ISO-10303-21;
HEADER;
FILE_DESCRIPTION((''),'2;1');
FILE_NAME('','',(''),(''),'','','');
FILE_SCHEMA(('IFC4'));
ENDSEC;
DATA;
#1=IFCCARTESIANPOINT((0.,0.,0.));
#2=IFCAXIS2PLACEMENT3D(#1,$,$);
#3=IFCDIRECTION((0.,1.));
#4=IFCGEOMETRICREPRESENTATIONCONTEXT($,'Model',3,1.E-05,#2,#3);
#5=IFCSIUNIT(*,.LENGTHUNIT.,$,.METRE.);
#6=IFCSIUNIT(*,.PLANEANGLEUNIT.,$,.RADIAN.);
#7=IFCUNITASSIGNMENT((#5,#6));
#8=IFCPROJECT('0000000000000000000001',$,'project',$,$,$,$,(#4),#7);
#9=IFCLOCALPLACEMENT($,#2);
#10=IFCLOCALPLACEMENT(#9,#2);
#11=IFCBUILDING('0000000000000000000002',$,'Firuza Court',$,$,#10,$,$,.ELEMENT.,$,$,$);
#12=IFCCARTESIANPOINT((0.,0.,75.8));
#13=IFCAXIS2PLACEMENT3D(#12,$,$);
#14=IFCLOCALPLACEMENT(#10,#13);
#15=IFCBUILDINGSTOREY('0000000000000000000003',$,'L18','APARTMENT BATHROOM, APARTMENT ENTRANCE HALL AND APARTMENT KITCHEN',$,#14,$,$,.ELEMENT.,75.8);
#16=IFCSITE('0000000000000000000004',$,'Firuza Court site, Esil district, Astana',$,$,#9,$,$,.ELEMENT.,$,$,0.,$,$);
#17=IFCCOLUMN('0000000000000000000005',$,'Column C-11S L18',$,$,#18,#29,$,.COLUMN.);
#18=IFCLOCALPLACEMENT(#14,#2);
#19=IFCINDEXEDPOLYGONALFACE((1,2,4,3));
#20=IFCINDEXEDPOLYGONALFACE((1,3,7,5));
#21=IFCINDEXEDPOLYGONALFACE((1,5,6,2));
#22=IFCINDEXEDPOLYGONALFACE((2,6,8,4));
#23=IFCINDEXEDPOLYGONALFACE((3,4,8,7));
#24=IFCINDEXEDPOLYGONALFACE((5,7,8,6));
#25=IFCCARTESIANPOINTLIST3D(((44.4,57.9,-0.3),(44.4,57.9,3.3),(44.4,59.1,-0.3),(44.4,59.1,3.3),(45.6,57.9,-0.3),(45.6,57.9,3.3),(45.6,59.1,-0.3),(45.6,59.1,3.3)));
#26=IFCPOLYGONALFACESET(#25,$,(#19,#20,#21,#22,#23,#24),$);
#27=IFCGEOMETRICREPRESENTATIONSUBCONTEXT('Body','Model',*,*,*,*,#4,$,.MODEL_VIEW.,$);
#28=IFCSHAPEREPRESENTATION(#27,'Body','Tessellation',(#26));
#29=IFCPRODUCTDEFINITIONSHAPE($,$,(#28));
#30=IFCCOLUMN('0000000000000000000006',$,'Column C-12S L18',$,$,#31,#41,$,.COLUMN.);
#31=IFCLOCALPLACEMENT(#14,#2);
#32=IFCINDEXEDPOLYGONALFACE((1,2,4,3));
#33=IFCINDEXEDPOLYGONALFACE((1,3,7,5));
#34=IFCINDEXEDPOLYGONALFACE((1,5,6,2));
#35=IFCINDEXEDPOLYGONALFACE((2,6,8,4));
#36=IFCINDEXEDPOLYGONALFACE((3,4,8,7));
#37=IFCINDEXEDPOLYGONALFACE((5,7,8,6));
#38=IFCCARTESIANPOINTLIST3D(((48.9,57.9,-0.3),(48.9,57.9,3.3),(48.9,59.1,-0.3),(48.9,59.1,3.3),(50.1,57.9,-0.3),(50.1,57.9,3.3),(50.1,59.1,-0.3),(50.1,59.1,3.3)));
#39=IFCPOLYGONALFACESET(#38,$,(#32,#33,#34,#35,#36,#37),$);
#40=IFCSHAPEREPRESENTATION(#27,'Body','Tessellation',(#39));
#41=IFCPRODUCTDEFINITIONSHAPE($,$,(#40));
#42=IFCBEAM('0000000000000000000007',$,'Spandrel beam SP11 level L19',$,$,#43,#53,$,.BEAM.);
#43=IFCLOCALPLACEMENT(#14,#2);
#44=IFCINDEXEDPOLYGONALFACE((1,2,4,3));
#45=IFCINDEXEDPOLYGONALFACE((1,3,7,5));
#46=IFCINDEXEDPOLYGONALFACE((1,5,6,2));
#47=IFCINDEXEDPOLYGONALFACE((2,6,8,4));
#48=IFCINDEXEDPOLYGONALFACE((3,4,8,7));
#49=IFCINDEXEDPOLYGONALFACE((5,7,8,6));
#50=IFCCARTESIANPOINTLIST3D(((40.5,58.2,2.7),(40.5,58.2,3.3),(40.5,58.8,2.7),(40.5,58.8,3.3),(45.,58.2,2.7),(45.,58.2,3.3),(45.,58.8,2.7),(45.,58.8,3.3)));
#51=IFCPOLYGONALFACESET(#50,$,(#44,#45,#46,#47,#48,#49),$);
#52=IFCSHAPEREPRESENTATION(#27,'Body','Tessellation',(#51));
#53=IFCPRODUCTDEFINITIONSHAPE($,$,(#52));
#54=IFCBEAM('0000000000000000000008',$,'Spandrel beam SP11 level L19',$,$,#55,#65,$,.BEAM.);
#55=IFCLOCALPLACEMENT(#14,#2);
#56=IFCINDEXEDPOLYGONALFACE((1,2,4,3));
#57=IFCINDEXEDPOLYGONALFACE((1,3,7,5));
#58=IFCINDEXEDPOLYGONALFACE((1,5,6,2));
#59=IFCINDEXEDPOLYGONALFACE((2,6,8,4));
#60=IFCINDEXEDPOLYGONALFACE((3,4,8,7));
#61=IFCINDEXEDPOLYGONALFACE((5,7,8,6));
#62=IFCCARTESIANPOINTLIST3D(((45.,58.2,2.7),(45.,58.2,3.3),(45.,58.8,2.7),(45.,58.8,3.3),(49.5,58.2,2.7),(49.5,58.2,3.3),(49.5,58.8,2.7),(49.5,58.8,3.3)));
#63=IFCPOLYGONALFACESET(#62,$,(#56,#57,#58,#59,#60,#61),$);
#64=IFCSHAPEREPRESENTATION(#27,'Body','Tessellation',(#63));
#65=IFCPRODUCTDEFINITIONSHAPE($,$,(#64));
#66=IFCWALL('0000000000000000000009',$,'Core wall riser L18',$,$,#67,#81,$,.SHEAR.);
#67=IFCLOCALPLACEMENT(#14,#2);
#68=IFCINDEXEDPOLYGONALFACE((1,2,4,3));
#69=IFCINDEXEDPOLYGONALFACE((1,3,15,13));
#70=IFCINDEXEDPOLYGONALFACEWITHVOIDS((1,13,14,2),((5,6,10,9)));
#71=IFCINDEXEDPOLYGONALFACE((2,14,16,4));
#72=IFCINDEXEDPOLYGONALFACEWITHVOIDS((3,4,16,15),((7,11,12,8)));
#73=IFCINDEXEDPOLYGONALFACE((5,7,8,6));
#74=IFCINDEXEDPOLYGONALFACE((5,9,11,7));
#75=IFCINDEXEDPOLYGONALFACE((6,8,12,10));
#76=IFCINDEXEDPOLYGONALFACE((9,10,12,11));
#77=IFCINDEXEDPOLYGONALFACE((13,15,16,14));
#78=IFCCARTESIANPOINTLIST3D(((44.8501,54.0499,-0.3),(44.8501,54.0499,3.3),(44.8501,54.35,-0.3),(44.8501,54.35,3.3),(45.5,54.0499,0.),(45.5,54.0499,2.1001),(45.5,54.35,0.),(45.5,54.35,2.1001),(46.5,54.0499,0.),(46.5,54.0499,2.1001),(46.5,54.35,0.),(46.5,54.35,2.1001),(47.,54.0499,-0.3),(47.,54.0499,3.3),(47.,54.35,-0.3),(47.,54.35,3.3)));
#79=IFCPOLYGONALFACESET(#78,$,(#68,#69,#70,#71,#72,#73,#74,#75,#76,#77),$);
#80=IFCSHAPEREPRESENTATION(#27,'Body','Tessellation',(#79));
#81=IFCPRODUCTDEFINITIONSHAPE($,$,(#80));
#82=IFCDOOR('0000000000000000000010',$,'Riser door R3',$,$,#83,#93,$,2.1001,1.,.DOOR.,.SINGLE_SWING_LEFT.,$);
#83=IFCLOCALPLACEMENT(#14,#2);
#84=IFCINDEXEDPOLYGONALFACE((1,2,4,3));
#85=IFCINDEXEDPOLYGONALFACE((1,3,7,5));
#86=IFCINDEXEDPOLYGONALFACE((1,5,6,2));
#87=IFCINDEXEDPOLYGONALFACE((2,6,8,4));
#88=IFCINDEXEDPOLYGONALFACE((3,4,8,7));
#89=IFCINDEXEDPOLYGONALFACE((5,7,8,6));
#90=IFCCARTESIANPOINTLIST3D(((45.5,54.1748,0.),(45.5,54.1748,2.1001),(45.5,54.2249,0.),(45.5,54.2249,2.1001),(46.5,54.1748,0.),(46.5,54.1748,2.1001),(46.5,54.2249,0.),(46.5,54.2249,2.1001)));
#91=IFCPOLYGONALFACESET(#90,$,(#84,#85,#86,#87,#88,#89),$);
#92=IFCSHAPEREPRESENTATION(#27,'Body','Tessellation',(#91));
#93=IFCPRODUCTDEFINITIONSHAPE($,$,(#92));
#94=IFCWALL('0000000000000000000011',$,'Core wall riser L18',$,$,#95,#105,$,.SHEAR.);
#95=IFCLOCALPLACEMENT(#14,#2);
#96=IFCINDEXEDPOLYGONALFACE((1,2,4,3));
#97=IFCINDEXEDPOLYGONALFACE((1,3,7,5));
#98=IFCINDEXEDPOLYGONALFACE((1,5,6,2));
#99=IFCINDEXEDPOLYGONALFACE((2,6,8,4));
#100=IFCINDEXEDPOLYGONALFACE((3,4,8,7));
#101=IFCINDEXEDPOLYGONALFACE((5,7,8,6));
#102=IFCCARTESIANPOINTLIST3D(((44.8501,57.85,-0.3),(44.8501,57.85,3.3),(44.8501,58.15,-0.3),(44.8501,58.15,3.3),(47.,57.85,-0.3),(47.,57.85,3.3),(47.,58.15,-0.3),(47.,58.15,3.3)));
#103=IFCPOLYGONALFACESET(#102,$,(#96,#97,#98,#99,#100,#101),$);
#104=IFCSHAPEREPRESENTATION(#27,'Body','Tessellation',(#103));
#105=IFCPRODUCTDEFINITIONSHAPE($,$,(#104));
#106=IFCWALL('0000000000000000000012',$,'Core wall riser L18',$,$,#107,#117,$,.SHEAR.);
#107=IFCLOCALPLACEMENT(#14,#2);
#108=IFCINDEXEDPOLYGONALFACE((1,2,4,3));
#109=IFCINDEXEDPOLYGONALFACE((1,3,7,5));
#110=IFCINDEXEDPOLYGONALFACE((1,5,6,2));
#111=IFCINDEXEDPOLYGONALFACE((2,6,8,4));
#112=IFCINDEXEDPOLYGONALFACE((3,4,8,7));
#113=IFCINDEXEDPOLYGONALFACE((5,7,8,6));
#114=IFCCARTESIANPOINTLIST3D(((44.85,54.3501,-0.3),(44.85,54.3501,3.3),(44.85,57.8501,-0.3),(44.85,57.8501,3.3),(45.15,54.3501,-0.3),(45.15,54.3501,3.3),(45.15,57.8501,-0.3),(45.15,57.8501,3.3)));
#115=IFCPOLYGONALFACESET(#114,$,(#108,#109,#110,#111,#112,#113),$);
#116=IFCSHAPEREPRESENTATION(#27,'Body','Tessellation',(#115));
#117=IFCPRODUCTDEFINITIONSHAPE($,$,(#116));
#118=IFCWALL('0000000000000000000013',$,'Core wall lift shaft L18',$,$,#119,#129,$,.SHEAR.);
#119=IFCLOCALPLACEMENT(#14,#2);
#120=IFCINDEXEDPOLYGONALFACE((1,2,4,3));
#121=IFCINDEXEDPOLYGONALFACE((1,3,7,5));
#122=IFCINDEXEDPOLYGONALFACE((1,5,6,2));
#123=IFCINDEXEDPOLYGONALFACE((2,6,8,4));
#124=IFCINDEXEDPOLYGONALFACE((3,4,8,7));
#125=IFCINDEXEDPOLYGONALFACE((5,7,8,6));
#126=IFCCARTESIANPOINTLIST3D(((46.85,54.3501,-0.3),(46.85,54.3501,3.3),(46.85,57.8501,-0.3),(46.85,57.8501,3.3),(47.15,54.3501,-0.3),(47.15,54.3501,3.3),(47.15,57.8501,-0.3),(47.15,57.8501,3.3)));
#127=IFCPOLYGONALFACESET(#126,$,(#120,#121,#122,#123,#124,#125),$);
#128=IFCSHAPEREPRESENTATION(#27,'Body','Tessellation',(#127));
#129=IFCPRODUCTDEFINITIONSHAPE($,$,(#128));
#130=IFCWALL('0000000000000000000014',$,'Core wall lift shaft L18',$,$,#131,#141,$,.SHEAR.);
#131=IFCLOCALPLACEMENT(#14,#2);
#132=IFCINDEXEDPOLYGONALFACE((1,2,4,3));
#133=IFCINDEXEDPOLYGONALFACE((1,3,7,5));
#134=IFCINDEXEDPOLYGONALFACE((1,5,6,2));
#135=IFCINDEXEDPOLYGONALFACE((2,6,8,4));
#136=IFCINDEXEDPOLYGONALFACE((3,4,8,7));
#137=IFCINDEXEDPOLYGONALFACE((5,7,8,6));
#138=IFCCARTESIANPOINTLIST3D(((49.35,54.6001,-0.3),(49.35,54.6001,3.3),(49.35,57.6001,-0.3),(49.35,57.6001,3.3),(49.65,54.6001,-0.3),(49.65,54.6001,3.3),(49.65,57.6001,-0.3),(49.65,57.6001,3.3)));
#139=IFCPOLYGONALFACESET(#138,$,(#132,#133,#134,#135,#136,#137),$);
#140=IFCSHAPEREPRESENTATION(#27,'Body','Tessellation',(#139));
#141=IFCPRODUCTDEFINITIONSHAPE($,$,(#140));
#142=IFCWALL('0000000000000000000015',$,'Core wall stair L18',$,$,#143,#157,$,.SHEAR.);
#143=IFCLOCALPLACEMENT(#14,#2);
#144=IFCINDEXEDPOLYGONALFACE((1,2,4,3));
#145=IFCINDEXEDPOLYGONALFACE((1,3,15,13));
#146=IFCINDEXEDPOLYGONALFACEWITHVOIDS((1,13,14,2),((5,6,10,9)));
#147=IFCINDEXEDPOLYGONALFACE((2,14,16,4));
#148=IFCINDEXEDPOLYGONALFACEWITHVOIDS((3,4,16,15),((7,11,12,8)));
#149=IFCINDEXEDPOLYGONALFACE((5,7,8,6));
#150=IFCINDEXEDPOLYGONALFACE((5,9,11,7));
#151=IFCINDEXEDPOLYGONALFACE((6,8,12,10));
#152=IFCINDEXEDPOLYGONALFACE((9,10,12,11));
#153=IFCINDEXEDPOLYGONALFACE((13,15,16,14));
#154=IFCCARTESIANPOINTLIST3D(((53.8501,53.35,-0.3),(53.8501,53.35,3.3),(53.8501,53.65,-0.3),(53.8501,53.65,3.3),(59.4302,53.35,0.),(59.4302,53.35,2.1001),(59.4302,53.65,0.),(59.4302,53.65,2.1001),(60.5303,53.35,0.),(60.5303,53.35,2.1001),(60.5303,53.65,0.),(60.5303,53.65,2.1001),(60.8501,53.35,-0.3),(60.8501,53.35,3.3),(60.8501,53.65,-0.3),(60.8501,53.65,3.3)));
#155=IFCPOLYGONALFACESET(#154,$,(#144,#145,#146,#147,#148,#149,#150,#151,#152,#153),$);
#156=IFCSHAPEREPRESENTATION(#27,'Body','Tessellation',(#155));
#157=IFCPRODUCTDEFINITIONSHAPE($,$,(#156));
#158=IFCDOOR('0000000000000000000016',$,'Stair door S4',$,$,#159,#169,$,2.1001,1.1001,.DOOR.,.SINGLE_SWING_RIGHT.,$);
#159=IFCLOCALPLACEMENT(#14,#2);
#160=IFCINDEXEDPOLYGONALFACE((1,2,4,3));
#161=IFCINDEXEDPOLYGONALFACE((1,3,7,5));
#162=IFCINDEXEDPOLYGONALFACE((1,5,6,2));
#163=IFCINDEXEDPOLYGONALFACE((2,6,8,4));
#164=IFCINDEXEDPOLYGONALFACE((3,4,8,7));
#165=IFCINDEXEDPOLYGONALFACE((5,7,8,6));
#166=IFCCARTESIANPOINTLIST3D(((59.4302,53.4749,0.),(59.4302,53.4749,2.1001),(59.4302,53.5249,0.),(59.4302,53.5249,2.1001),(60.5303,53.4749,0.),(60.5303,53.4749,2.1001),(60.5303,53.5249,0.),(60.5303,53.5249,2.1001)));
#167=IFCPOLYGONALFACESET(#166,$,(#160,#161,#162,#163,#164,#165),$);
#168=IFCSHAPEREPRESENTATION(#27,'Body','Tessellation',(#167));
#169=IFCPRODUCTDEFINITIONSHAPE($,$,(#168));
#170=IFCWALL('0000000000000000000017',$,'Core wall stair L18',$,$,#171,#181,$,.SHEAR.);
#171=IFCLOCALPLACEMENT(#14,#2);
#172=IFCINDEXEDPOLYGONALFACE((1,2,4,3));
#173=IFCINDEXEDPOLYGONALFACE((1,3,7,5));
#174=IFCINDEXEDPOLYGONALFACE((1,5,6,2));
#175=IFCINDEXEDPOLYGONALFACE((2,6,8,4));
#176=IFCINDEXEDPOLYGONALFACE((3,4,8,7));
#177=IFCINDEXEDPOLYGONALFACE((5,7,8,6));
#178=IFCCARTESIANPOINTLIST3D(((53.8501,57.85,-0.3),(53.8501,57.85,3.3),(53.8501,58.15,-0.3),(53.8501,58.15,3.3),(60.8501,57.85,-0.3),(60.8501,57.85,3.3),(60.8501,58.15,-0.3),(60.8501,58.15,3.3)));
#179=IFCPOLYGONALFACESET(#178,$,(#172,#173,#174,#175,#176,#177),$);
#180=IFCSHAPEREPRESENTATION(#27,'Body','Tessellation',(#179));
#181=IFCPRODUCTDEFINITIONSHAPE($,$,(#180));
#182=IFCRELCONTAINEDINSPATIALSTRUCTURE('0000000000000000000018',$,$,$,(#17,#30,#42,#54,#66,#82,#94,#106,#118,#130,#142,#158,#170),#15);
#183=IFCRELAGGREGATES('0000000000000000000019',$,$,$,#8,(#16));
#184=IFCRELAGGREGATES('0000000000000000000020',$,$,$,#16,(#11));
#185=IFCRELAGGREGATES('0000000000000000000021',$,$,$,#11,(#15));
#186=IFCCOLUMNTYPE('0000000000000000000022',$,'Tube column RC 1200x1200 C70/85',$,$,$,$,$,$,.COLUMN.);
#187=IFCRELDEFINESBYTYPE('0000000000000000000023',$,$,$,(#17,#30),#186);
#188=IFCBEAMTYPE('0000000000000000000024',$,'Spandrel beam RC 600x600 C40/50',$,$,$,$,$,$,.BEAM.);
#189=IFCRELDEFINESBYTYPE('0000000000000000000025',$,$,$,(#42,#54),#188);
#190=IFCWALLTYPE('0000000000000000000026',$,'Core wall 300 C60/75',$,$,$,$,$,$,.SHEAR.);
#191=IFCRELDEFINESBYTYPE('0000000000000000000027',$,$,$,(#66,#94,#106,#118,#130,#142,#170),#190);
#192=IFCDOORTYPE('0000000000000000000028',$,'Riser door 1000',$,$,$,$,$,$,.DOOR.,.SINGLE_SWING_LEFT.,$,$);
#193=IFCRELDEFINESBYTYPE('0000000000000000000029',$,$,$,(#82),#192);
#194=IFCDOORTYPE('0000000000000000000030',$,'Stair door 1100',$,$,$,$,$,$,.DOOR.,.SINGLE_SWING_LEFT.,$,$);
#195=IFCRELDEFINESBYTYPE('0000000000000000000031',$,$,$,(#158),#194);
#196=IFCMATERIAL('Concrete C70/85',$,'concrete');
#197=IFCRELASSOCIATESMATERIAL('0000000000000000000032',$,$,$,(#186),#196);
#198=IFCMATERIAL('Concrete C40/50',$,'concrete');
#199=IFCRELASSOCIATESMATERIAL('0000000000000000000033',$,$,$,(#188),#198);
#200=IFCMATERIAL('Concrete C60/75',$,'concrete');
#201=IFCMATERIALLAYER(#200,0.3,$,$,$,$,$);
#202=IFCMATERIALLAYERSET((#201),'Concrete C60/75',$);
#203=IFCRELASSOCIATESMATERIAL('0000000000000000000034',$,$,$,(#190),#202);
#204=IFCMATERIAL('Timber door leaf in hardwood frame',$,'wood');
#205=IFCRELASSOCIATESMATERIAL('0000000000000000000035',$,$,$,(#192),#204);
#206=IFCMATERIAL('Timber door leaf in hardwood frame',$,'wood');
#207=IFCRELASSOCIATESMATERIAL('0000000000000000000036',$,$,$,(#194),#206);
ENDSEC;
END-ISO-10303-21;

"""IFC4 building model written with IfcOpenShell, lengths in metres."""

from ifc_helpers import new_model, si_unit, direction, frame, frame_2d, origin, origin_2d, place, context, subcontext, project, spatial, rectangle, extrude, material, layer, layer_set, material_profile, profile_set, type_object, element, fill, save


model = new_model("IFC4")

# Units and contexts
model_context = context("Model", 3, precision=1e-05, world=origin(), true_north=direction((0.0, 1.0)))
body_context = subcontext(model_context, "Body", "Model", "MODEL_VIEW")
ifc_project = project(units=[si_unit("LENGTHUNIT", "METRE"), si_unit("PLANEANGLEUNIT", "RADIAN")], contexts=[model_context])

# Site, building, storey
site_placement = place(None, origin())
site = spatial("IfcSite", under=ifc_project, at=site_placement, Name="Firuza Court site, Esil district, Astana", CompositionType="ELEMENT", RefElevation=0.0)
building_placement = place(site_placement, origin())
building = spatial("IfcBuilding", under=site, at=building_placement, Name="Firuza Court", CompositionType="ELEMENT")
storey_placement = place(building_placement, frame((0.0, 0.0, 75.8)))
storey = spatial("IfcBuildingStorey", under=building, at=storey_placement, Name="L18", Description="APARTMENT BATHROOM, APARTMENT ENTRANCE HALL AND APARTMENT KITCHEN", CompositionType="ELEMENT", Elevation=75.8)

# Columns
ifc_material_1 = material(Name="Concrete C70/85", Category="concrete")
ifc_material_profile_1 = material_profile(ifc_material_1, rectangle(XDim=1.2, YDim=1.2, at=origin_2d()), Name="RC 1200x1200")
ifc_profile_set_1 = profile_set([ifc_material_profile_1], Name="Concrete C70/85")
column_type = type_object("IfcColumnType", Name="Tube column RC 1200x1200 C70/85", PredefinedType="COLUMN", material=ifc_profile_set_1)
for number, where, z_axis, x_axis, name in (
    (1, (45.0, 58.5, -0.3), (0.0, 0.0, 1.0), (1.0, 0.0, 0.0), "Column C-11S L18"),
    (2, (49.5, 58.5, -0.3), (0.0, 0.0, 1.0), (1.0, 0.0, 0.0), "Column C-12S L18"),
):
    element("IfcColumn", number, at=place(storey_placement, frame(where, z_axis=z_axis, x_axis=x_axis)), inside=storey, type_object=column_type, Name=name, PredefinedType="COLUMN", context=body_context, shape_type="SweptSolid", body=[
        extrude(rectangle(XDim=1.2, YDim=1.2, at=origin_2d()), origin(), (0.0, 0.0, 1.0), 3.6001),
    ])

# Beams
ifc_material_2 = material(Name="Concrete C40/50", Category="concrete")
ifc_material_profile_2 = material_profile(ifc_material_2, rectangle(XDim=0.6001, YDim=0.6001, at=origin_2d()), Name="RC 600x600")
ifc_profile_set_2 = profile_set([ifc_material_profile_2], Name="Concrete C40/50")
beam_type = type_object("IfcBeamType", Name="Spandrel beam RC 600x600 C40/50", PredefinedType="BEAM", material=ifc_profile_set_2)
for number, where, z_axis, x_axis, name in (
    (3, (45.0, 58.5, 3.0), (-1.0, 0.0, 0.0), (0.0, -1.0, 0.0), "Spandrel beam SP11 level L19"),
    (4, (49.5, 58.5, 3.0), (-1.0, 0.0, 0.0), (0.0, -1.0, 0.0), "Spandrel beam SP11 level L19"),
):
    element("IfcBeam", number, at=place(storey_placement, frame(where, z_axis=z_axis, x_axis=x_axis)), inside=storey, type_object=beam_type, Name=name, PredefinedType="BEAM", context=body_context, shape_type="SweptSolid", body=[
        extrude(rectangle(XDim=0.6001, YDim=0.6001, at=origin_2d()), origin(), (0.0, 0.0, 1.0), 4.5),
    ])

# Wall, opening, door
ifc_material_3 = material(Name="Concrete C60/75", Category="concrete")
ifc_layer_1 = layer(ifc_material_3, 0.3)
ifc_layer_set_1 = layer_set([ifc_layer_1], Name="Concrete C60/75")
wall_type_1 = type_object("IfcWallType", Name="Core wall 300 C60/75", PredefinedType="SHEAR", material=ifc_layer_set_1)
wall_1_placement = place(storey_placement, frame((44.8501, 54.2, -0.3), z_axis=(0.0, 0.0, 1.0), x_axis=(1.0, 0.0, 0.0)))
wall_1 = element("IfcWall", 5, at=wall_1_placement, inside=storey, type_object=wall_type_1, Name="Core wall riser L18", PredefinedType="SHEAR", context=body_context, shape_type="SweptSolid", body=[
    extrude(rectangle(XDim=2.1499, YDim=0.3, at=frame_2d((1.075, 0.0))), origin(), (0.0, 0.0, 1.0), 3.6001),
])
opening_1_placement = place(wall_1_placement, frame((0.6499, 0.0, 0.3)))
opening_1 = element("IfcOpeningElement", 6, at=opening_1_placement, cuts=wall_1, PredefinedType="OPENING", context=body_context, shape_type="SweptSolid", body=[
    extrude(rectangle(XDim=1.0, YDim=2.1001, at=frame_2d((0.5, 1.05))), frame((0.0, 0.1621, 0.0), z_axis=(0.0, -1.0, 0.0), x_axis=(1.0, 0.0, 0.0)), (0.0, 0.0, 1.0), 0.324),
])
ifc_material_4 = material(Name="Timber door leaf in hardwood frame", Category="wood")
door_type_1 = type_object("IfcDoorType", Name="Riser door 1000", OperationType="SINGLE_SWING_LEFT", PredefinedType="DOOR", material=ifc_material_4)
door_1_placement = place(opening_1_placement, origin())
door_1 = element("IfcDoor", 7, at=door_1_placement, inside=storey, type_object=door_type_1, Name="Riser door R3", OperationType="SINGLE_SWING_LEFT", OverallHeight=2.1001, OverallWidth=1.0, PredefinedType="DOOR", context=body_context, shape_type="SweptSolid", body=[
    extrude(rectangle(XDim=1.0, YDim=2.1001, at=frame_2d((0.5, 1.05))), frame((0.0, 0.0249, 0.0), z_axis=(0.0, -1.0, 0.0), x_axis=(1.0, 0.0, 0.0)), (0.0, 0.0, 1.0), 0.05),
])
fill(opening_1, door_1)

# Walls
wall_2_placement = place(storey_placement, frame((44.8501, 58.0, -0.3), z_axis=(0.0, 0.0, 1.0), x_axis=(1.0, 0.0, 0.0)))
element("IfcWall", 8, at=wall_2_placement, inside=storey, type_object=wall_type_1, Name="Core wall riser L18", PredefinedType="SHEAR", context=body_context, shape_type="SweptSolid", body=[
    extrude(rectangle(XDim=2.1499, YDim=0.3, at=frame_2d((1.075, 0.0))), origin(), (0.0, 0.0, 1.0), 3.6001),
])
for number, where, z_axis, x_axis, name in (
    (9, (45.0, 54.3501, -0.3), (0.0, 0.0, 1.0), (0.0, 1.0, 0.0), "Core wall riser L18"),
    (10, (47.0, 54.3501, -0.3), (0.0, 0.0, 1.0), (0.0, 1.0, 0.0), "Core wall lift shaft L18"),
):
    element("IfcWall", number, at=place(storey_placement, frame(where, z_axis=z_axis, x_axis=x_axis)), inside=storey, type_object=wall_type_1, Name=name, PredefinedType="SHEAR", context=body_context, shape_type="SweptSolid", body=[
        extrude(rectangle(XDim=3.5, YDim=0.3, at=frame_2d((1.75, 0.0))), origin(), (0.0, 0.0, 1.0), 3.6001),
    ])
wall_3_placement = place(storey_placement, frame((49.5, 54.6001, -0.3), z_axis=(0.0, 0.0, 1.0), x_axis=(0.0, 1.0, 0.0)))
element("IfcWall", 11, at=wall_3_placement, inside=storey, type_object=wall_type_1, Name="Core wall lift shaft L18", PredefinedType="SHEAR", context=body_context, shape_type="SweptSolid", body=[
    extrude(rectangle(XDim=3.0, YDim=0.3, at=frame_2d((1.5, 0.0))), origin(), (0.0, 0.0, 1.0), 3.6001),
])

# Wall, opening, door
wall_4_placement = place(storey_placement, frame((53.8501, 53.5, -0.3), z_axis=(0.0, 0.0, 1.0), x_axis=(1.0, 0.0, 0.0)))
wall_4 = element("IfcWall", 12, at=wall_4_placement, inside=storey, type_object=wall_type_1, Name="Core wall stair L18", PredefinedType="SHEAR", context=body_context, shape_type="SweptSolid", body=[
    extrude(rectangle(XDim=7.0, YDim=0.3, at=frame_2d((3.5, 0.0))), origin(), (0.0, 0.0, 1.0), 3.6001),
])
opening_2_placement = place(wall_4_placement, frame((5.5801, 0.0, 0.3)))
opening_2 = element("IfcOpeningElement", 13, at=opening_2_placement, cuts=wall_4, PredefinedType="OPENING", context=body_context, shape_type="SweptSolid", body=[
    extrude(rectangle(XDim=1.1001, YDim=2.1001, at=frame_2d((0.55, 1.05))), frame((0.0, 0.1621, 0.0), z_axis=(0.0, -1.0, 0.0), x_axis=(1.0, 0.0, 0.0)), (0.0, 0.0, 1.0), 0.324),
])
ifc_material_5 = material(Name="Timber door leaf in hardwood frame", Category="wood")
door_type_2 = type_object("IfcDoorType", Name="Stair door 1100", OperationType="SINGLE_SWING_LEFT", PredefinedType="DOOR", material=ifc_material_5)
door_2_placement = place(opening_2_placement, origin())
door_2 = element("IfcDoor", 14, at=door_2_placement, inside=storey, type_object=door_type_2, Name="Stair door S4", OperationType="SINGLE_SWING_RIGHT", OverallHeight=2.1001, OverallWidth=1.1001, PredefinedType="DOOR", context=body_context, shape_type="SweptSolid", body=[
    extrude(rectangle(XDim=1.1001, YDim=2.1001, at=frame_2d((0.55, 1.05))), frame((0.0, 0.0249, 0.0), z_axis=(0.0, -1.0, 0.0), x_axis=(1.0, 0.0, 0.0)), (0.0, 0.0, 1.0), 0.05),
])
fill(opening_2, door_2)

# Wall
wall_5_placement = place(storey_placement, frame((53.8501, 58.0, -0.3), z_axis=(0.0, 0.0, 1.0), x_axis=(1.0, 0.0, 0.0)))
element("IfcWall", 15, at=wall_5_placement, inside=storey, type_object=wall_type_1, Name="Core wall stair L18", PredefinedType="SHEAR", context=body_context, shape_type="SweptSolid", body=[
    extrude(rectangle(XDim=7.0, YDim=0.3, at=frame_2d((3.5, 0.0))), origin(), (0.0, 0.0, 1.0), 3.6001),
])

save(model, "model.ifc")
